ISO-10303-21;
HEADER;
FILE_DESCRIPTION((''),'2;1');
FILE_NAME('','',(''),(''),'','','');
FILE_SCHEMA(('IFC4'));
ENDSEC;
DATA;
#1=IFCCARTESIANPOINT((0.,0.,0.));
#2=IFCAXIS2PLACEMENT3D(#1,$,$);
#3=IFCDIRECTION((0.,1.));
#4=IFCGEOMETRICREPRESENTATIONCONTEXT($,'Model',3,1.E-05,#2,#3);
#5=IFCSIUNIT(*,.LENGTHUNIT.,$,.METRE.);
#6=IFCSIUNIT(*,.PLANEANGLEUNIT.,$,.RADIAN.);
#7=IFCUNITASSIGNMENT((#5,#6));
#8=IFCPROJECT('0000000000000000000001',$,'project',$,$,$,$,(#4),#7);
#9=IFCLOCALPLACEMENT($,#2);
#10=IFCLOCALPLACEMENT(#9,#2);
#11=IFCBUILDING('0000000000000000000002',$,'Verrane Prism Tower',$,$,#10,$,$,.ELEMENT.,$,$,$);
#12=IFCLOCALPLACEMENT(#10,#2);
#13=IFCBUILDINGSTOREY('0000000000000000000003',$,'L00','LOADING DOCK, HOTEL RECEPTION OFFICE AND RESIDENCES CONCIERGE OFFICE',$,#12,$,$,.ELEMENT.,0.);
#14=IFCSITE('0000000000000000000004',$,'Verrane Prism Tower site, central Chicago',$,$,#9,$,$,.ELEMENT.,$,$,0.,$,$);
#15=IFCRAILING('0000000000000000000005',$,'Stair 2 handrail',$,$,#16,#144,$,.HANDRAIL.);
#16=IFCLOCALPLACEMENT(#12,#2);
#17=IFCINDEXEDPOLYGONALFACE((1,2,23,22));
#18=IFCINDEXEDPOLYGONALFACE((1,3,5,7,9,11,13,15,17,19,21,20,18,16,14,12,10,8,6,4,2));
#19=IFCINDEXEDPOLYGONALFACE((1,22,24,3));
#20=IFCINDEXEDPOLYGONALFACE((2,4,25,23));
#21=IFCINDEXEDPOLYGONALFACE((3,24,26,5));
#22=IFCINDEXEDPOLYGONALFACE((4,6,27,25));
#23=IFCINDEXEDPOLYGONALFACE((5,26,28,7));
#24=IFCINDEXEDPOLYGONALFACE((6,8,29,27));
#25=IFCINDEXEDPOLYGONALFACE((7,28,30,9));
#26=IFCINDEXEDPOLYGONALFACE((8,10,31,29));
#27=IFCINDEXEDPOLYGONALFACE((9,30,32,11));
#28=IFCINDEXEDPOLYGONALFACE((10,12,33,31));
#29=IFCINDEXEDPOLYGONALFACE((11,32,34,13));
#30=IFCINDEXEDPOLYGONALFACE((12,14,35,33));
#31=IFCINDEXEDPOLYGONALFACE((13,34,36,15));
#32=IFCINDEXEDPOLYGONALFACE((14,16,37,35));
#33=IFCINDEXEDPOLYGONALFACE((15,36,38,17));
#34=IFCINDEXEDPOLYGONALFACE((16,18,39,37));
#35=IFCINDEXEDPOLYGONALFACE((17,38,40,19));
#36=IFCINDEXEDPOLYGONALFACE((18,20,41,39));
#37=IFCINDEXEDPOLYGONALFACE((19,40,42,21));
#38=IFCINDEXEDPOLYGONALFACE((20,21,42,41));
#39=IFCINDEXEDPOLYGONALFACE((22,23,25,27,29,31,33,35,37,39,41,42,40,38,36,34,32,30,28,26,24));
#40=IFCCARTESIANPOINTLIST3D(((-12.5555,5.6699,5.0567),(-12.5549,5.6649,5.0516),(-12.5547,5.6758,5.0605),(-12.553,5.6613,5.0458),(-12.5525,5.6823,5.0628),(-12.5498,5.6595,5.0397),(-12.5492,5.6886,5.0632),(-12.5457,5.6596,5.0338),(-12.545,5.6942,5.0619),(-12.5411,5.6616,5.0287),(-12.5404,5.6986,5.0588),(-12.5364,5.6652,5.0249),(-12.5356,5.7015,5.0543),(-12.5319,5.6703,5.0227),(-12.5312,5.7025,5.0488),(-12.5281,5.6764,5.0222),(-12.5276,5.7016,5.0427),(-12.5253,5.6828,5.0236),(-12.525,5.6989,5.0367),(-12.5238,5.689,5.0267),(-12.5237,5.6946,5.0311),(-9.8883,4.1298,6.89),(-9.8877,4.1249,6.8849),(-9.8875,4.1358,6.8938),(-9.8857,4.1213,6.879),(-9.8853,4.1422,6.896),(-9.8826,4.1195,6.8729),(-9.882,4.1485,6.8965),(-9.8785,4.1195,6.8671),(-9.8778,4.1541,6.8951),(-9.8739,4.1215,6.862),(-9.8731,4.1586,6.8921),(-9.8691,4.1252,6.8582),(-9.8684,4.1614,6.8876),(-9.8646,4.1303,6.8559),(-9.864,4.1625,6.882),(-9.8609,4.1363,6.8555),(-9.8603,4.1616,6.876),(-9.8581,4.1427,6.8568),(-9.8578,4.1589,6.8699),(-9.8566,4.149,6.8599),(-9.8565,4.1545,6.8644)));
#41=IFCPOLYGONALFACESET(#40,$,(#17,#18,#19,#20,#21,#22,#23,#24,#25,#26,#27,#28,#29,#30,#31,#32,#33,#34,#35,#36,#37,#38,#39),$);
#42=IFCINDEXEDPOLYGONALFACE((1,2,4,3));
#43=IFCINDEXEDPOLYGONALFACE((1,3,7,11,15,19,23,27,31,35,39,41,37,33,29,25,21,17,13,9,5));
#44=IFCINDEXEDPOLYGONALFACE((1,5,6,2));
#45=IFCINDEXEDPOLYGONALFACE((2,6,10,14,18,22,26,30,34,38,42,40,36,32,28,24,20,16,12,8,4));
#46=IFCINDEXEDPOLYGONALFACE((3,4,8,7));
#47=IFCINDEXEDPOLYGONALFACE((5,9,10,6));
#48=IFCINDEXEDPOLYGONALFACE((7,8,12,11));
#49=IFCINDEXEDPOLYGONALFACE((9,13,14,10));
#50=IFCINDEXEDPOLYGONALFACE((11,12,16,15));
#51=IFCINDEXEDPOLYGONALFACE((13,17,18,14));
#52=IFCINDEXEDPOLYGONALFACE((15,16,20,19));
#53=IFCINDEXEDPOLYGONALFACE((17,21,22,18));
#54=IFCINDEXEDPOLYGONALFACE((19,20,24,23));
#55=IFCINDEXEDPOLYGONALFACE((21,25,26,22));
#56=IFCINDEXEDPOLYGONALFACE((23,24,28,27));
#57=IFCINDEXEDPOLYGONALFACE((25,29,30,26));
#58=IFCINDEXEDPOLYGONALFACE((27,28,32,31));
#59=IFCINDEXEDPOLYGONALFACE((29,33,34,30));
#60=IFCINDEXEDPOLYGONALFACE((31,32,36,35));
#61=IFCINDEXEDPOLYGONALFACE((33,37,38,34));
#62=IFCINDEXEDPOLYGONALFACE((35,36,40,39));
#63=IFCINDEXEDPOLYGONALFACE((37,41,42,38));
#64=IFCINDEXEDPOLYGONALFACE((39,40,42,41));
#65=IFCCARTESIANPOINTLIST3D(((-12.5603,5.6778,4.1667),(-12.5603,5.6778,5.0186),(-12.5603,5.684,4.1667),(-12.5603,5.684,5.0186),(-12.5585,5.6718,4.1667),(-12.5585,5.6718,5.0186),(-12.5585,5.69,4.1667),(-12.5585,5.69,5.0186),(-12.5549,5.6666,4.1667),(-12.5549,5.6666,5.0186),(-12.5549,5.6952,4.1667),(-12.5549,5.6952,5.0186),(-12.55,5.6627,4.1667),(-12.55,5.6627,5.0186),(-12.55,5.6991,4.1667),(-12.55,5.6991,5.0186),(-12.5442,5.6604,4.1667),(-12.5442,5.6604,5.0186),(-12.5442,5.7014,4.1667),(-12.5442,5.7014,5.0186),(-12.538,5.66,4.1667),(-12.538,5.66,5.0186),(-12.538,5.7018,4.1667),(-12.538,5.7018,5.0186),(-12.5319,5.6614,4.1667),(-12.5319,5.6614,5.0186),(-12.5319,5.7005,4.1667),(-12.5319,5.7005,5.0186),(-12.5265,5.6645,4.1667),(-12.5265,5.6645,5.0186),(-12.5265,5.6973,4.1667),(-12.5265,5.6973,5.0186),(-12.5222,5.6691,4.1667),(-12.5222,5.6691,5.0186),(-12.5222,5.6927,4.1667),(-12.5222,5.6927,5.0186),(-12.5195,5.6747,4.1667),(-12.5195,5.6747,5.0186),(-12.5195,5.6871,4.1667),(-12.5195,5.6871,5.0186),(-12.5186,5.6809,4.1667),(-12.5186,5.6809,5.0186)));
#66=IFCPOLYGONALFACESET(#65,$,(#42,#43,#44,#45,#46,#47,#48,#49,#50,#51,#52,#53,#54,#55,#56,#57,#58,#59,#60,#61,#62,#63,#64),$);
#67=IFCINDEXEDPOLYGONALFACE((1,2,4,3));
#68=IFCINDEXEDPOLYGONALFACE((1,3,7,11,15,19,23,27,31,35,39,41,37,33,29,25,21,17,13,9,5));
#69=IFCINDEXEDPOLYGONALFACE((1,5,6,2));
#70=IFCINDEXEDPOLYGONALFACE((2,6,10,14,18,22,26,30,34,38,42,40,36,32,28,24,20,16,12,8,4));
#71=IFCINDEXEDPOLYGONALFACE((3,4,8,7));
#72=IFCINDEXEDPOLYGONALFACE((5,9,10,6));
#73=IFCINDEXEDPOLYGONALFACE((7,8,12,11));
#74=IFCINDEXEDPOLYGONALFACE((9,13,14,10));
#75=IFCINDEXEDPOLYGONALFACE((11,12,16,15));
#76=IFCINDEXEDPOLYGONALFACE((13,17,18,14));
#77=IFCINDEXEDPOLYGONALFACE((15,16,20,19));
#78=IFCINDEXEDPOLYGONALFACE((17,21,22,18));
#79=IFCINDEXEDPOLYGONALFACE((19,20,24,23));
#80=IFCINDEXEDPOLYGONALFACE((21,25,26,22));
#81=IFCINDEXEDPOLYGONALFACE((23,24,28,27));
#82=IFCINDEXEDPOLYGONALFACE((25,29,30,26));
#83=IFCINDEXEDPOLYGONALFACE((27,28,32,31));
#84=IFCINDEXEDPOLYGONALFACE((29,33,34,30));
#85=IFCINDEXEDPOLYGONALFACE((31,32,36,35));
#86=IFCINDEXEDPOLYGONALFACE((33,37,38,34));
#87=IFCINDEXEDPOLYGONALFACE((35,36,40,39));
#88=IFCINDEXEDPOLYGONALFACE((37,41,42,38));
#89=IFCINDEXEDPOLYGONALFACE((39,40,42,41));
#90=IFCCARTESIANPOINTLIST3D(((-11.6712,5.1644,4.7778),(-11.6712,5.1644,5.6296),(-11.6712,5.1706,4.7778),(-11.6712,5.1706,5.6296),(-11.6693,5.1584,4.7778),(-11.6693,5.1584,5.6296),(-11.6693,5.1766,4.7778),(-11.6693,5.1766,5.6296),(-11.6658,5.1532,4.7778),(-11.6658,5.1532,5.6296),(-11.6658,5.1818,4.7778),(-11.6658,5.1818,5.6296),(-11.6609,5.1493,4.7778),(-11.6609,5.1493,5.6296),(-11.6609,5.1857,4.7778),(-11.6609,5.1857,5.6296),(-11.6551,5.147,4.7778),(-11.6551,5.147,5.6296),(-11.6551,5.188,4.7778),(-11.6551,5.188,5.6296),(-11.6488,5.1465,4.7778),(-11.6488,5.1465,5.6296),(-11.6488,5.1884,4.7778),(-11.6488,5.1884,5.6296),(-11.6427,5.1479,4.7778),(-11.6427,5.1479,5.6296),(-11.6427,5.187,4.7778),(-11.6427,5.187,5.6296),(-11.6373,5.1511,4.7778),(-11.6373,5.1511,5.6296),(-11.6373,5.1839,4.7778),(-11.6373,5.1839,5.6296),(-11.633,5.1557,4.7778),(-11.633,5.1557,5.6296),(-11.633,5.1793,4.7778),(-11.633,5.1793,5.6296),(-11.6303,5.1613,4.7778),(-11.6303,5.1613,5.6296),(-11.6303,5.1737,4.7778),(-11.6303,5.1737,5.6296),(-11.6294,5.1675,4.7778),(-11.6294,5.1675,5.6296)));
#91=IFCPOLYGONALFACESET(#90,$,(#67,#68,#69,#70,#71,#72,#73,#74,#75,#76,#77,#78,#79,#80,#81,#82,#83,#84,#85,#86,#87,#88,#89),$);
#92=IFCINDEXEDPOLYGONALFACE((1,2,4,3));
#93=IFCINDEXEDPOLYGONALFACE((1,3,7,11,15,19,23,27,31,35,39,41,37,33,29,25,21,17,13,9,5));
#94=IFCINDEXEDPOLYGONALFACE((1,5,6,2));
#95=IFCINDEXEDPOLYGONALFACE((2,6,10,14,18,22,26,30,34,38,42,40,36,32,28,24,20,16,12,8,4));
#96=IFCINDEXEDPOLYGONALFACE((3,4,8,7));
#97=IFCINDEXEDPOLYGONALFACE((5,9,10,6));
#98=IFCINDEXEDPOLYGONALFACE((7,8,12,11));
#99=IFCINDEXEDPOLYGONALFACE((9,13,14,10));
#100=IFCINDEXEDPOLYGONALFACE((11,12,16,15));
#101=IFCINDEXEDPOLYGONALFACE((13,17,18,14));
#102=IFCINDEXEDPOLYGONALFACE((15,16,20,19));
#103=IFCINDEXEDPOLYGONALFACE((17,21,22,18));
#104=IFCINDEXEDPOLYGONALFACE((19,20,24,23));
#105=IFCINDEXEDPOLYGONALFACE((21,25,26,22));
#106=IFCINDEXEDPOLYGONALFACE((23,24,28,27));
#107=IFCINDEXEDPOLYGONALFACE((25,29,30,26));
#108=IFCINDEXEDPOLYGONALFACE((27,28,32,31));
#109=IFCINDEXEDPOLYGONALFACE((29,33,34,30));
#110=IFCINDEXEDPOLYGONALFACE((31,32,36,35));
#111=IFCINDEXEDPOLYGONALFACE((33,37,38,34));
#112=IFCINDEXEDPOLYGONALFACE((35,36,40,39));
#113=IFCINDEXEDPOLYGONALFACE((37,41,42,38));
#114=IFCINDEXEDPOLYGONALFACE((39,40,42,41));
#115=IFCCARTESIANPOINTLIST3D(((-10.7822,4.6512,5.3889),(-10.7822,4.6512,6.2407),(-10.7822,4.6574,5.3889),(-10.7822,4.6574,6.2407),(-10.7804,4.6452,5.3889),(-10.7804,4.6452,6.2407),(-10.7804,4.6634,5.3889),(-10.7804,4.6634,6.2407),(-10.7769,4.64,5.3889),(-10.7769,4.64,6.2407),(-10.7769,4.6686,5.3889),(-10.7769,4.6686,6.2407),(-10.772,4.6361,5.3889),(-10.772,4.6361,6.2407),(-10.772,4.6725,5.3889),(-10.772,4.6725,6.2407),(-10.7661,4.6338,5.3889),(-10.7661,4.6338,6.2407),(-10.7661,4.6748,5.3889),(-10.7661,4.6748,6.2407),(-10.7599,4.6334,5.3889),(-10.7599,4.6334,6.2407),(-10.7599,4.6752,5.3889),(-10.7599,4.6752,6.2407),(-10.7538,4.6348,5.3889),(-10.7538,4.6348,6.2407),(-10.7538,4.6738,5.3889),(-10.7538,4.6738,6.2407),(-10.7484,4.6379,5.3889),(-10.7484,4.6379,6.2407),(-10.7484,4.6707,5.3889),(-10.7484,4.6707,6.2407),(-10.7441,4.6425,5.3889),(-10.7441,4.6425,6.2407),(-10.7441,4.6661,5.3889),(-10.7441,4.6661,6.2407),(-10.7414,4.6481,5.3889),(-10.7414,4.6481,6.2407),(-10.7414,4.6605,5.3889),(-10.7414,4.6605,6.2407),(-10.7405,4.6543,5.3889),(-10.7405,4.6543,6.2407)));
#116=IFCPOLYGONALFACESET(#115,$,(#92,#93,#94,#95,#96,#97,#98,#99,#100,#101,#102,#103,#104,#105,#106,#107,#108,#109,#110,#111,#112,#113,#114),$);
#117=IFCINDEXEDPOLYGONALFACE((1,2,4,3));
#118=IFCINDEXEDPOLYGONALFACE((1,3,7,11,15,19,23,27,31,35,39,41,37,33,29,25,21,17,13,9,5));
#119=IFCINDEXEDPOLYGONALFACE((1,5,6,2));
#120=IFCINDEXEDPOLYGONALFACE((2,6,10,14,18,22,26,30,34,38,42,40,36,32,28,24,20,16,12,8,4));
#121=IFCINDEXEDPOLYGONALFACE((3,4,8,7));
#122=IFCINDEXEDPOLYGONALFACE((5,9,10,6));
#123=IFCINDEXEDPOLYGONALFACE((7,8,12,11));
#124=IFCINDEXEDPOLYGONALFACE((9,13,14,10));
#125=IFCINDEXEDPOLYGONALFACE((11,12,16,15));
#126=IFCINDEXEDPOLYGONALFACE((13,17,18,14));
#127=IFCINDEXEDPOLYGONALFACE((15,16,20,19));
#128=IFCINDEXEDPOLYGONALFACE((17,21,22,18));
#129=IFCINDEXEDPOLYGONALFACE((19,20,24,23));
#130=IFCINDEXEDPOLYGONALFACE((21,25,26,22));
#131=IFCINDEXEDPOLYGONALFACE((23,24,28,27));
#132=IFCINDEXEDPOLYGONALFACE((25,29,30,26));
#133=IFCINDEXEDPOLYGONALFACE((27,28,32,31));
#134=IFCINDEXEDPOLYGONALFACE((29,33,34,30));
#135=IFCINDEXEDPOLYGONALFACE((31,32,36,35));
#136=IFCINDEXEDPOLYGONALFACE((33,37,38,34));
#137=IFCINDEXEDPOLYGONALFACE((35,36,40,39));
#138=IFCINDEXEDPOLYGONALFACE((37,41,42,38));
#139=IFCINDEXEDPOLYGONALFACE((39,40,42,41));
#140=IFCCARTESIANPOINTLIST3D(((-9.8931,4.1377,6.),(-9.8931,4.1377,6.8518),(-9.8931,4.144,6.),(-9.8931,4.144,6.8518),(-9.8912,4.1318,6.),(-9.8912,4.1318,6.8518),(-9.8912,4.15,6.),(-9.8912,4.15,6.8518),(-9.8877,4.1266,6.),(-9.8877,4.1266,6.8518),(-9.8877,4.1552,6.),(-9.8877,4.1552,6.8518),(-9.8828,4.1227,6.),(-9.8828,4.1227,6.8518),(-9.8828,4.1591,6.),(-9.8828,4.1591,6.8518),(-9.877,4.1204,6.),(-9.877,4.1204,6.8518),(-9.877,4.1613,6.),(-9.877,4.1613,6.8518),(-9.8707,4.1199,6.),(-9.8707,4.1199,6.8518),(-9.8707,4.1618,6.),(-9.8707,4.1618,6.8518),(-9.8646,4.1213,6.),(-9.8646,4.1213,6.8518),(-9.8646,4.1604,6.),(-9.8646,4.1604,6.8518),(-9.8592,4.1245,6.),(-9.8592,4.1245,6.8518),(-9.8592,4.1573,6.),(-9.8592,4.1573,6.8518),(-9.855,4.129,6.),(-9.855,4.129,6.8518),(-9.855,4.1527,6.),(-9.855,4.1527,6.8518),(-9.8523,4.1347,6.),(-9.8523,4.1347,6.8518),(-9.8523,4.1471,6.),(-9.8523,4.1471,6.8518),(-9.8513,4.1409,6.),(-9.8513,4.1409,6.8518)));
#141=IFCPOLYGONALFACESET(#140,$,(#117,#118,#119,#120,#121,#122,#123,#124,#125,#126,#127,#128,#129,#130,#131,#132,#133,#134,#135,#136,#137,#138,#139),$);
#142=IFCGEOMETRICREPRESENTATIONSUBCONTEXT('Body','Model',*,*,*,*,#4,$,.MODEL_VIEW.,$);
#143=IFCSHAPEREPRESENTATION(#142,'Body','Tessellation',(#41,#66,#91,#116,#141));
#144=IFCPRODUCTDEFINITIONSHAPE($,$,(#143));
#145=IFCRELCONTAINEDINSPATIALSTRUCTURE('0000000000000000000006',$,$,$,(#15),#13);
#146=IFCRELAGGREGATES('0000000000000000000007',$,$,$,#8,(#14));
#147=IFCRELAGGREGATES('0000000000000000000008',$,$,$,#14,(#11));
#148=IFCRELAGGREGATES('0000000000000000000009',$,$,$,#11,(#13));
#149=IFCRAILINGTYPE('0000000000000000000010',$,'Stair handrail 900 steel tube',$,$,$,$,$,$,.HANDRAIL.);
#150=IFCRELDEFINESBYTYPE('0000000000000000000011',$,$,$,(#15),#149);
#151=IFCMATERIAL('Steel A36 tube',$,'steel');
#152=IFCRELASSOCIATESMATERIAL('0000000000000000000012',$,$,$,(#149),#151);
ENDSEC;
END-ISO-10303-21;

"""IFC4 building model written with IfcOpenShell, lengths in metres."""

from ifc_helpers import new_model, si_unit, direction, frame, origin, origin_2d, place, context, subcontext, project, spatial, circle, extrude, material, type_object, element, save


model = new_model("IFC4")

# Units and contexts
model_context = context("Model", 3, precision=1e-05, world=origin(), true_north=direction((0.0, 1.0)))
body_context = subcontext(model_context, "Body", "Model", "MODEL_VIEW")
ifc_project = project(units=[si_unit("LENGTHUNIT", "METRE"), si_unit("PLANEANGLEUNIT", "RADIAN")], contexts=[model_context])

# Site, building, storey
site_placement = place(None, origin())
site = spatial("IfcSite", under=ifc_project, at=site_placement, Name="Verrane Prism Tower site, central Chicago", CompositionType="ELEMENT", RefElevation=0.0)
building_placement = place(site_placement, origin())
building = spatial("IfcBuilding", under=site, at=building_placement, Name="Verrane Prism Tower", CompositionType="ELEMENT")
storey_placement = place(building_placement, origin())
storey = spatial("IfcBuildingStorey", under=building, at=storey_placement, Name="L00", Description="LOADING DOCK, HOTEL RECEPTION OFFICE AND RESIDENCES CONCIERGE OFFICE", CompositionType="ELEMENT", Elevation=0.0)

# Railing
ifc_material_1 = material(Name="Steel A36 tube", Category="steel")
railing_type_1 = type_object("IfcRailingType", Name="Stair handrail 900 steel tube", PredefinedType="HANDRAIL", material=ifc_material_1)
for number, where, name in (
    (1, (-12.5396, 5.6809, 4.1667), "Stair 2 handrail"),
):
    element("IfcRailing", number, at=place(storey_placement, frame(where)), inside=storey, type_object=railing_type_1, Name=name, PredefinedType="HANDRAIL", context=body_context, shape_type="SweptSolid", body=[
        extrude(circle(Radius=0.0239, at=origin_2d()), frame((0.0, 0.0, 0.876), z_axis=(0.744159, -0.429671, 0.511478), x_axis=(0.500027, 0.86601, 0.0)), (0.0, 0.0, 1.0), 3.5842),
        extrude(circle(Radius=0.021, at=origin_2d()), origin(), (0.0, 0.0, 1.0), 0.8518),
        extrude(circle(Radius=0.021, at=origin_2d()), frame((0.8892, -0.5134, 0.6111)), (0.0, 0.0, 1.0), 0.8518),
        extrude(circle(Radius=0.021, at=origin_2d()), frame((1.7781, -1.0266, 1.2222)), (0.0, 0.0, 1.0), 0.8518),
        extrude(circle(Radius=0.021, at=origin_2d()), frame((2.6672, -1.54, 1.8333)), (0.0, 0.0, 1.0), 0.8518),
    ])

save(model, "model.ifc")
